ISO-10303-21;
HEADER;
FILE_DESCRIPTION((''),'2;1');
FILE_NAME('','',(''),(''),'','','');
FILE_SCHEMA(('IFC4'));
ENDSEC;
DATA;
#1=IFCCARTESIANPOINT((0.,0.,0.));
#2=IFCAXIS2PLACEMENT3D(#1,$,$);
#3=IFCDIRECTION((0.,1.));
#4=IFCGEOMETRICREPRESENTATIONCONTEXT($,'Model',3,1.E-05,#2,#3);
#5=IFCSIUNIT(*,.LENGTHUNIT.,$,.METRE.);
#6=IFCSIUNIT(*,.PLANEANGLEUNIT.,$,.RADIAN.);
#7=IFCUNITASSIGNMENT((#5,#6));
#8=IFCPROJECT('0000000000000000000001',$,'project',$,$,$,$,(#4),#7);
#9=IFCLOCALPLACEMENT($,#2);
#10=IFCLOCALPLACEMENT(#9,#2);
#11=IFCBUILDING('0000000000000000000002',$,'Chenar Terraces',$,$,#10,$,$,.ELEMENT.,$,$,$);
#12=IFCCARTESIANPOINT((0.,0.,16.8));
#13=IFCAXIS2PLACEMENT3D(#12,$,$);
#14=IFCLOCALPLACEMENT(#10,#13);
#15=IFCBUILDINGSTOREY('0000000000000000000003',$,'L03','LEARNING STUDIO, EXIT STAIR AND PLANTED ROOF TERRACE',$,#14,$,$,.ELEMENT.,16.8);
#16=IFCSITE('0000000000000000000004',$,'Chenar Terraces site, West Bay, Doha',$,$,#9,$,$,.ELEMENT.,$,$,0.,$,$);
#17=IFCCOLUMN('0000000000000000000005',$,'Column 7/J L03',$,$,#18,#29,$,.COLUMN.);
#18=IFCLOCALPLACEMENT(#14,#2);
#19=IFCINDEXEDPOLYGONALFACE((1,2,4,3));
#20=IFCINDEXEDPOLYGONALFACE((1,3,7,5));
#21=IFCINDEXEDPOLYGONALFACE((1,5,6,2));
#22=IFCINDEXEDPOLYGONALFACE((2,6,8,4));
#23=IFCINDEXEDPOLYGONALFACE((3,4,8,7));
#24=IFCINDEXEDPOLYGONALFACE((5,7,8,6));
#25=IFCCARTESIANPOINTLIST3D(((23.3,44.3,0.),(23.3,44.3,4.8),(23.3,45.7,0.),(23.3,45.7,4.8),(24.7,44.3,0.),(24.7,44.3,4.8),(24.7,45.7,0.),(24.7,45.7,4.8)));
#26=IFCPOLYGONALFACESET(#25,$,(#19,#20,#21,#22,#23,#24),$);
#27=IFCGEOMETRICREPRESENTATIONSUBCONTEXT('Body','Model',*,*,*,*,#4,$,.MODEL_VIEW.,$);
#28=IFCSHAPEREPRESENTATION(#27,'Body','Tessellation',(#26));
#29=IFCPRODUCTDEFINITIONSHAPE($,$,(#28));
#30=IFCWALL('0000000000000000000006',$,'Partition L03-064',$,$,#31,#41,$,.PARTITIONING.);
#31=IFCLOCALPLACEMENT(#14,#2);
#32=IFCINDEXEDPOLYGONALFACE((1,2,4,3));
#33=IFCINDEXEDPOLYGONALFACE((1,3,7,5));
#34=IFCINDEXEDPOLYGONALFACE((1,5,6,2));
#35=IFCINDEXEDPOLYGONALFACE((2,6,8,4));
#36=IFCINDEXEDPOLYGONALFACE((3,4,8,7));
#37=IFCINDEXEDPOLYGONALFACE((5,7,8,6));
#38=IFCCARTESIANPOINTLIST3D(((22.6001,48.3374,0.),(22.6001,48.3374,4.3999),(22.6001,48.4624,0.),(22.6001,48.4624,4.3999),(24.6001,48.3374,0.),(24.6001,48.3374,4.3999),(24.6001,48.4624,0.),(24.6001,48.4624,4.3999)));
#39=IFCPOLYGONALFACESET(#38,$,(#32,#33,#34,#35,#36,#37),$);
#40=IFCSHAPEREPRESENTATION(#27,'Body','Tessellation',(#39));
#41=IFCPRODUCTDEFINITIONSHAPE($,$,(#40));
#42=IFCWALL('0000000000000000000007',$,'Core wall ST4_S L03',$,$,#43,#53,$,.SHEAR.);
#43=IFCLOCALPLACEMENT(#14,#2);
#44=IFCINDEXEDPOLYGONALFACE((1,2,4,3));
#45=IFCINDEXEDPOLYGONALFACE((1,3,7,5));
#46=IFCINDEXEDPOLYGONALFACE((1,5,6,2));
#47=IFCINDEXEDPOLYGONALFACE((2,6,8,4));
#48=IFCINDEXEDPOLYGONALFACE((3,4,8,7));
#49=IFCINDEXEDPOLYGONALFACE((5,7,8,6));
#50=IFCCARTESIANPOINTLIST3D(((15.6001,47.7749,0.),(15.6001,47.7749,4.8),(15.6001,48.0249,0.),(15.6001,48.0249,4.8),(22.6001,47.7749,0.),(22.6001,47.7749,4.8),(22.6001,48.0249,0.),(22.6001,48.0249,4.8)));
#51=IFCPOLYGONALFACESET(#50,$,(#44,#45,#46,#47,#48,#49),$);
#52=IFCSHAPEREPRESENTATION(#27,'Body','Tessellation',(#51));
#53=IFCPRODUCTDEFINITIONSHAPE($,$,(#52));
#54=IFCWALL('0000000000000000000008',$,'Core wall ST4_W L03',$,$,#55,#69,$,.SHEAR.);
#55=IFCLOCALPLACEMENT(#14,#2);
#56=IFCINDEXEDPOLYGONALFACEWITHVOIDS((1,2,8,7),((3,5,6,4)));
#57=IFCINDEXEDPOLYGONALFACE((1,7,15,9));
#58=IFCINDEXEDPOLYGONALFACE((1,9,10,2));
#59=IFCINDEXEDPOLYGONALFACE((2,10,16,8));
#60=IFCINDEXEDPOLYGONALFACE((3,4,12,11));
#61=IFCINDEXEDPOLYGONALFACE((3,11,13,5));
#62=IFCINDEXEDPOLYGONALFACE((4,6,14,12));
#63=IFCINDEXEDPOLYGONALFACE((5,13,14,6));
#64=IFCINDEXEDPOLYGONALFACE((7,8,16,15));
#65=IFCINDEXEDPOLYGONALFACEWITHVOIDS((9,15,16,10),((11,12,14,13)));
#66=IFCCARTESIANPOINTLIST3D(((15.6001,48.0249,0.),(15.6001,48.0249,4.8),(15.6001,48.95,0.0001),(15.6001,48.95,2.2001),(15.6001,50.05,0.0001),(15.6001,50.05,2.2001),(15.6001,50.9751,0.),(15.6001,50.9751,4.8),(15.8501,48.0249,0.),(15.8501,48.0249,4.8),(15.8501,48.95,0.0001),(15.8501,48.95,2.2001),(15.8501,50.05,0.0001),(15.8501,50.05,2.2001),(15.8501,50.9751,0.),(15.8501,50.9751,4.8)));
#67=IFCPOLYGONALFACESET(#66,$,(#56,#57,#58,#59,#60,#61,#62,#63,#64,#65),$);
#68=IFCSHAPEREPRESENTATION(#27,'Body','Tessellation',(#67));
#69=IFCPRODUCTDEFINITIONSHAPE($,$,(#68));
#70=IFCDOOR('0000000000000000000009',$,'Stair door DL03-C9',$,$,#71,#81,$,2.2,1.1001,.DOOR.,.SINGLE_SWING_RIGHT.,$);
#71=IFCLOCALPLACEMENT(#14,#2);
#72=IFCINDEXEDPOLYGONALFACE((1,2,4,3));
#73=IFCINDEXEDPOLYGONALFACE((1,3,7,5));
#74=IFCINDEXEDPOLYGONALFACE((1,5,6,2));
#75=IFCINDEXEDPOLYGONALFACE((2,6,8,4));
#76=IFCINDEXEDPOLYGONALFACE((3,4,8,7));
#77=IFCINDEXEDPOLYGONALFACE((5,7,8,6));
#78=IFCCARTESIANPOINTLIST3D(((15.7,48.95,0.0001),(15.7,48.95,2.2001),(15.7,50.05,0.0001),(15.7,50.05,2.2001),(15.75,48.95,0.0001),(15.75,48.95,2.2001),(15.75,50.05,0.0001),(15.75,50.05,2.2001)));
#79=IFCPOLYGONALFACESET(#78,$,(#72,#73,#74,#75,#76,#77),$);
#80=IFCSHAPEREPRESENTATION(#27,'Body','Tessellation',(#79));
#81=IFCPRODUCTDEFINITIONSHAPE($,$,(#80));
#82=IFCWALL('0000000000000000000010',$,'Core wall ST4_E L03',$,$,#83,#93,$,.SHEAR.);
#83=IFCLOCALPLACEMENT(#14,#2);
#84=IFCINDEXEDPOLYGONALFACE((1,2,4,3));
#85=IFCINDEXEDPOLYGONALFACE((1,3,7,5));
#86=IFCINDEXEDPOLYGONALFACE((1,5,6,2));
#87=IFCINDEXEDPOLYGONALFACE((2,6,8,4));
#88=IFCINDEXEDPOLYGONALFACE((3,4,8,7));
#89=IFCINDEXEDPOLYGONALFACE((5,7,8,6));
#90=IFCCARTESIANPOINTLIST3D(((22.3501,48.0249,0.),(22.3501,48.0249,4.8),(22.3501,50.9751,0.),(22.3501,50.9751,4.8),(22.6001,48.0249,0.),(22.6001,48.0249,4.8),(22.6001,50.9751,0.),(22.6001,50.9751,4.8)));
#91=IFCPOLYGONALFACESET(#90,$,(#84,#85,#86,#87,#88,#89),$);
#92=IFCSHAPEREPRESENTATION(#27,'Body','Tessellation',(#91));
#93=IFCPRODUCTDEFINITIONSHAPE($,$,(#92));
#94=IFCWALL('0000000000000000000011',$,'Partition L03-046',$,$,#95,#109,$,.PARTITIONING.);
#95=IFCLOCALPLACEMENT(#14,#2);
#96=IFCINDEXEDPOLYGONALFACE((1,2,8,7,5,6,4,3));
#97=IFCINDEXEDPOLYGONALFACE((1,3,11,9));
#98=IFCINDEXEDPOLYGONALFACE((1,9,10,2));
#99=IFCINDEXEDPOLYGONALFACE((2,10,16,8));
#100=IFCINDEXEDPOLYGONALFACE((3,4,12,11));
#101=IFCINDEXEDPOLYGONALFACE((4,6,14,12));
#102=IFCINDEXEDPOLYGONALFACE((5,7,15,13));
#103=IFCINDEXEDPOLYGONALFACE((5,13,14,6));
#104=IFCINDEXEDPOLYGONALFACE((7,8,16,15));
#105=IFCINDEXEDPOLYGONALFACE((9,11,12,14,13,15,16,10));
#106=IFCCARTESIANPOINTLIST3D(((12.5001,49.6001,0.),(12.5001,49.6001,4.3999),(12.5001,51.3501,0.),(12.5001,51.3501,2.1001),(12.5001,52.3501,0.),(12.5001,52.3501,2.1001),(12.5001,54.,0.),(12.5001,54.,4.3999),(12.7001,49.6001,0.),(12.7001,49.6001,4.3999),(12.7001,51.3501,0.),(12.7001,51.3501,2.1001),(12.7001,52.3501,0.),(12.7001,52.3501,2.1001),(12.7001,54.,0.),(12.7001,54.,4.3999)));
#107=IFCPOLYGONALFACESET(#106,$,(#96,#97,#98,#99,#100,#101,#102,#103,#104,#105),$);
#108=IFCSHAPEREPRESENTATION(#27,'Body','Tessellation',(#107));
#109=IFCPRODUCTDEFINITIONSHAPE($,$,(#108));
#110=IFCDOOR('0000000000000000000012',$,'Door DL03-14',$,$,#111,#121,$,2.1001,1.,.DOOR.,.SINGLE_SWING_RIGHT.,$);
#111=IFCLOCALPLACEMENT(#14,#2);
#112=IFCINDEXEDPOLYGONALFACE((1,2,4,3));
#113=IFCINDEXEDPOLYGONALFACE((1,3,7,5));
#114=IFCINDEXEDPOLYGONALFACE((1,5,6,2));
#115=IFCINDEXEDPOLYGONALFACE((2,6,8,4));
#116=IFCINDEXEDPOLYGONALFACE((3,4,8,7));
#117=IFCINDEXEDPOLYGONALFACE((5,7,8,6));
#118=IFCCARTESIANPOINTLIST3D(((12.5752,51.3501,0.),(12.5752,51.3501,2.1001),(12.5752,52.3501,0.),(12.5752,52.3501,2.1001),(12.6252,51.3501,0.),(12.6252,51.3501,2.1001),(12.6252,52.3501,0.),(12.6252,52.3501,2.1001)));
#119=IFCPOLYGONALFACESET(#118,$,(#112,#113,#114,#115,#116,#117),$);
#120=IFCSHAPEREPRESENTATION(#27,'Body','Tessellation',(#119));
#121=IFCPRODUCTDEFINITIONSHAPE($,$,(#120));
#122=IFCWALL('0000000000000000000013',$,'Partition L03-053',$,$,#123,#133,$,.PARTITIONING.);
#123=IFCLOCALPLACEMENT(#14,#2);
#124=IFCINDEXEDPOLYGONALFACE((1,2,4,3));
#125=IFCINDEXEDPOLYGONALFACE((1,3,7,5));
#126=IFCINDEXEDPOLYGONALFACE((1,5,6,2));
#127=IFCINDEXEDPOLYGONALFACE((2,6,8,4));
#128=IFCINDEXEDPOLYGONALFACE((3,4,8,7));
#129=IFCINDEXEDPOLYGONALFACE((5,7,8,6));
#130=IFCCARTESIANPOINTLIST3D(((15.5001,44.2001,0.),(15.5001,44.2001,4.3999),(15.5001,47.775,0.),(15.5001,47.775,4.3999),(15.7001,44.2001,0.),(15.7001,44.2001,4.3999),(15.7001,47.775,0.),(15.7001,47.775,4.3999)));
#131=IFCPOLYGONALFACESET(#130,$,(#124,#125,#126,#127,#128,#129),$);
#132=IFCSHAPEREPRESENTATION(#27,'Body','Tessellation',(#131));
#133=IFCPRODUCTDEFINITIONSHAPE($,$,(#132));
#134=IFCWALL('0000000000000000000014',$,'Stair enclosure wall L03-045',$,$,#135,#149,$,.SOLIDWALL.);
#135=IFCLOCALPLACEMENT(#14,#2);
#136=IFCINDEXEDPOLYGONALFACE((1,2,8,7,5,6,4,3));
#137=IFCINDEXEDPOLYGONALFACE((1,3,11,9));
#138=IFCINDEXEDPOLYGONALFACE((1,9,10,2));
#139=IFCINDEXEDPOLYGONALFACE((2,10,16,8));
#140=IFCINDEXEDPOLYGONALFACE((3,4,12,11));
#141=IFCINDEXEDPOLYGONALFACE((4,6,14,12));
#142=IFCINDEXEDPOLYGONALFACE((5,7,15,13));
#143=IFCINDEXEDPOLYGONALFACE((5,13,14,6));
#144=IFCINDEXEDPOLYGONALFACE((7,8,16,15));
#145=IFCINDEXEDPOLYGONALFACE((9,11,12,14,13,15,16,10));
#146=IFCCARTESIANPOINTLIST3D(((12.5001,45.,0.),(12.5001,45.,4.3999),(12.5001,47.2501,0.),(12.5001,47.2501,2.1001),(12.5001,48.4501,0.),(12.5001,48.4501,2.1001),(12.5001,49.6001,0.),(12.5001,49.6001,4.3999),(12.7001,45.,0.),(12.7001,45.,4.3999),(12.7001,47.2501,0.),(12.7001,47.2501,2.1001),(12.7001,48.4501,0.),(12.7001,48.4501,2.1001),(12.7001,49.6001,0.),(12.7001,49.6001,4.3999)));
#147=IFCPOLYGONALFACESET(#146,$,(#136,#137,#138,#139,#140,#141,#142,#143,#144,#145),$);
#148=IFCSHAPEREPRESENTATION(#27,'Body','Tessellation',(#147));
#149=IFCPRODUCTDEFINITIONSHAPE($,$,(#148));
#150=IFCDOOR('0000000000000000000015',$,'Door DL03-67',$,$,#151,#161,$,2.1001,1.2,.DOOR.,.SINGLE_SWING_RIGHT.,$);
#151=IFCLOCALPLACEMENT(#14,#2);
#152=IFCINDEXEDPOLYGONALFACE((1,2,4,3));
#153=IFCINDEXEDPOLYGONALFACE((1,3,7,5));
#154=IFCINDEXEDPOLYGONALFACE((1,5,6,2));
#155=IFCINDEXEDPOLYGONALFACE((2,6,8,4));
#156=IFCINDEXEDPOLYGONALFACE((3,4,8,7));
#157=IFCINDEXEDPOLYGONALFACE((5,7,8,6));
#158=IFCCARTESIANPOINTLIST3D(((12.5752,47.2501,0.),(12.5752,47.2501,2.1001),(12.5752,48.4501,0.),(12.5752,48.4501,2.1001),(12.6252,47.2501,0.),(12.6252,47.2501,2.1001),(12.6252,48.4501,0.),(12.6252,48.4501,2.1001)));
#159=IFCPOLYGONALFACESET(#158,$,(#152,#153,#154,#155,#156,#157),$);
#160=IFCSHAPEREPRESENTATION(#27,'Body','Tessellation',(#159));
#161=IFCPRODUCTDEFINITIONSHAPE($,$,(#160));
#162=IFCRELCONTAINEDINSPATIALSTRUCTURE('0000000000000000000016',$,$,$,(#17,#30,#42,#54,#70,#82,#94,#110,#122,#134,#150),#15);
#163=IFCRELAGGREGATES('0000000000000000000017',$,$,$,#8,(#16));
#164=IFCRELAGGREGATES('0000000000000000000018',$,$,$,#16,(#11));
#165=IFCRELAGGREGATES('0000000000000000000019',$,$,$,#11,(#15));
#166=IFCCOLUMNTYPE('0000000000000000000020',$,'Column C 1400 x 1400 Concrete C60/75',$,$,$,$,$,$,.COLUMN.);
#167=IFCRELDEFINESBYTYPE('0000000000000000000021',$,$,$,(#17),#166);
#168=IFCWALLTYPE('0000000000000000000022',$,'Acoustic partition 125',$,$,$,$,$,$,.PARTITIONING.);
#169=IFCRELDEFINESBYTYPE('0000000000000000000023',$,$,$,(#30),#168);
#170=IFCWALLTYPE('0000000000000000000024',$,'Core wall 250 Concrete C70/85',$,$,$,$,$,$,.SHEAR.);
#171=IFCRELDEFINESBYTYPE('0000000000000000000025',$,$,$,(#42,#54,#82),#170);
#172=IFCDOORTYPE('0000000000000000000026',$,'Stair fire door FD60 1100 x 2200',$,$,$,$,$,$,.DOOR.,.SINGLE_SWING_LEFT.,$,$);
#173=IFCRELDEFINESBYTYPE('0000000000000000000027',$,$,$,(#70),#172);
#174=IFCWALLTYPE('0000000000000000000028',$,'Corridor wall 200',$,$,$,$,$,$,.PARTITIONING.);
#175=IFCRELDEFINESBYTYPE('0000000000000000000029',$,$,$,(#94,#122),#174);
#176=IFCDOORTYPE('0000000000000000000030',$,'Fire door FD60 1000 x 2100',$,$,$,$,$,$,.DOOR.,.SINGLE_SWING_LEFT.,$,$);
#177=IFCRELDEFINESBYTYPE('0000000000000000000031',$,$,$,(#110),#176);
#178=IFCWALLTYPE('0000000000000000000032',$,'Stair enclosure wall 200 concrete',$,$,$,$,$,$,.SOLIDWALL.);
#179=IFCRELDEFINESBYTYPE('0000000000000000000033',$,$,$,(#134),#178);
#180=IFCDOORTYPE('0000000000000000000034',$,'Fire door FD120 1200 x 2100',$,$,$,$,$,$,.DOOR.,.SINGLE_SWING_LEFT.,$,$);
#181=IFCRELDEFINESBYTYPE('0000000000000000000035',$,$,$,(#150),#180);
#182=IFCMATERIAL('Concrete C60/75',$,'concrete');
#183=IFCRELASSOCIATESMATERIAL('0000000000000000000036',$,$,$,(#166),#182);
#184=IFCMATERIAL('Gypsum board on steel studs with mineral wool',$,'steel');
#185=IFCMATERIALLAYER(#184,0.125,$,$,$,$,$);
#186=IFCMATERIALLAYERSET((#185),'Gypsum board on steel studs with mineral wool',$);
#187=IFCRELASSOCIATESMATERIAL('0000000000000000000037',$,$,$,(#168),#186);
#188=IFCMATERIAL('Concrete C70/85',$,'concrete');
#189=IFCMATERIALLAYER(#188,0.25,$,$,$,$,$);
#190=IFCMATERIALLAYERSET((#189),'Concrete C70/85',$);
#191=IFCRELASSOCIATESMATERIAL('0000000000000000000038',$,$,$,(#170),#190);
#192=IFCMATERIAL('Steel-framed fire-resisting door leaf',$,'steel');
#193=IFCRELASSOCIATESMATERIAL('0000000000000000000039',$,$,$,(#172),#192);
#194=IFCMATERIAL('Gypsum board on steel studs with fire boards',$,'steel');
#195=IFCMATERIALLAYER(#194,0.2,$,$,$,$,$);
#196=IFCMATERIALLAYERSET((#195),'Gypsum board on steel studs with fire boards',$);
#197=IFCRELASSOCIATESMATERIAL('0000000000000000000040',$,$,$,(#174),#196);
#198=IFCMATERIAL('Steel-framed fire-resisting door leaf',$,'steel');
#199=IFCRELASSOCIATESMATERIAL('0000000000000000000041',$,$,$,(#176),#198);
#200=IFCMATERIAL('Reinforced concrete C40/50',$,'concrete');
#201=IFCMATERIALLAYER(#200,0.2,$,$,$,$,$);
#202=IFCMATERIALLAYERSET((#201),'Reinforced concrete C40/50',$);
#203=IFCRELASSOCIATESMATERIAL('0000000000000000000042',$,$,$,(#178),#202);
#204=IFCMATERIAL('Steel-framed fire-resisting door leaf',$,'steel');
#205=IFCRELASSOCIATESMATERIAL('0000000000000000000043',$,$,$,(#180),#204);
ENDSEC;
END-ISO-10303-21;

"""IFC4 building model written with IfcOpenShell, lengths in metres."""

from ifc_helpers import new_model, si_unit, direction, frame, frame_2d, origin, origin_2d, place, context, subcontext, project, spatial, rectangle, extrude, material, layer, layer_set, material_profile, profile_set, type_object, element, fill, save


model = new_model("IFC4")

# Units and contexts
model_context = context("Model", 3, precision=1e-05, world=origin(), true_north=direction((0.0, 1.0)))
body_context = subcontext(model_context, "Body", "Model", "MODEL_VIEW")
ifc_project = project(units=[si_unit("LENGTHUNIT", "METRE"), si_unit("PLANEANGLEUNIT", "RADIAN")], contexts=[model_context])

# Site, building, storey
site_placement = place(None, origin())
site = spatial("IfcSite", under=ifc_project, at=site_placement, Name="Chenar Terraces site, West Bay, Doha", CompositionType="ELEMENT", RefElevation=0.0)
building_placement = place(site_placement, origin())
building = spatial("IfcBuilding", under=site, at=building_placement, Name="Chenar Terraces", CompositionType="ELEMENT")
storey_placement = place(building_placement, frame((0.0, 0.0, 16.8)))
storey = spatial("IfcBuildingStorey", under=building, at=storey_placement, Name="L03", Description="LEARNING STUDIO, EXIT STAIR AND PLANTED ROOF TERRACE", CompositionType="ELEMENT", Elevation=16.8)

# Column
ifc_material_1 = material(Name="Concrete C60/75", Category="concrete")
ifc_material_profile = material_profile(ifc_material_1, rectangle(XDim=1.3999, YDim=1.3999, at=origin_2d()), Name="C 1400 x 1400")
ifc_profile_set = profile_set([ifc_material_profile], Name="Concrete C60/75")
column_type = type_object("IfcColumnType", Name="Column C 1400 x 1400 Concrete C60/75", PredefinedType="COLUMN", material=ifc_profile_set)
column_placement = place(storey_placement, frame((24.0, 45.0, 0.0), z_axis=(0.0, 0.0, 1.0), x_axis=(1.0, 0.0, 0.0)))
element("IfcColumn", 1, at=column_placement, inside=storey, type_object=column_type, Name="Column 7/J L03", PredefinedType="COLUMN", context=body_context, shape_type="SweptSolid", body=[
    extrude(rectangle(XDim=1.3999, YDim=1.3999, at=origin_2d()), origin(), (0.0, 0.0, 1.0), 4.8),
])

# Walls
ifc_material_2 = material(Name="Gypsum board on steel studs with mineral wool", Category="steel")
ifc_layer_1 = layer(ifc_material_2, 0.125)
ifc_layer_set_1 = layer_set([ifc_layer_1], Name="Gypsum board on steel studs with mineral wool")
wall_type_1 = type_object("IfcWallType", Name="Acoustic partition 125", PredefinedType="PARTITIONING", material=ifc_layer_set_1)
wall_1_placement = place(storey_placement, frame((22.6001, 48.3999, 0.0), z_axis=(0.0, 0.0, 1.0), x_axis=(1.0, 0.0, 0.0)))
element("IfcWall", 2, at=wall_1_placement, inside=storey, type_object=wall_type_1, Name="Partition L03-064", PredefinedType="PARTITIONING", context=body_context, shape_type="SweptSolid", body=[
    extrude(rectangle(XDim=2.0, YDim=0.125, at=frame_2d((1.0, 0.0))), origin(), (0.0, 0.0, 1.0), 4.3999),
])
ifc_material_3 = material(Name="Concrete C70/85", Category="concrete")
ifc_layer_2 = layer(ifc_material_3, 0.25)
ifc_layer_set_2 = layer_set([ifc_layer_2], Name="Concrete C70/85")
wall_type_2 = type_object("IfcWallType", Name="Core wall 250 Concrete C70/85", PredefinedType="SHEAR", material=ifc_layer_set_2)
wall_2_placement = place(storey_placement, frame((15.6001, 47.8999, 0.0), z_axis=(0.0, 0.0, 1.0), x_axis=(1.0, 0.0, 0.0)))
element("IfcWall", 3, at=wall_2_placement, inside=storey, type_object=wall_type_2, Name="Core wall ST4_S L03", PredefinedType="SHEAR", context=body_context, shape_type="SweptSolid", body=[
    extrude(rectangle(XDim=7.0, YDim=0.25, at=frame_2d((3.5, 0.0))), origin(), (0.0, 0.0, 1.0), 4.8),
])

# Wall, opening, door
wall_3_placement = place(storey_placement, frame((15.7251, 48.0249, 0.0), z_axis=(0.0, 0.0, 1.0), x_axis=(0.0, 1.0, 0.0)))
wall_3 = element("IfcWall", 4, at=wall_3_placement, inside=storey, type_object=wall_type_2, Name="Core wall ST4_W L03", PredefinedType="SHEAR", context=body_context, shape_type="SweptSolid", body=[
    extrude(rectangle(XDim=2.9502, YDim=0.25, at=frame_2d((1.4751, 0.0))), origin(), (0.0, 0.0, 1.0), 4.8),
])
opening_1_placement = place(wall_3_placement, frame((0.925, 0.0, 0.0)))
opening_1 = element("IfcOpeningElement", 5, at=opening_1_placement, cuts=wall_3, PredefinedType="OPENING", context=body_context, shape_type="SweptSolid", body=[
    extrude(rectangle(XDim=1.1001, YDim=2.2, at=frame_2d((0.55, 1.1001))), frame((0.0, 0.135, 0.0), z_axis=(0.0, -1.0, 0.0), x_axis=(1.0, 0.0, 0.0)), (0.0, 0.0, 1.0), 0.27),
])
ifc_material_4 = material(Name="Steel-framed fire-resisting door leaf", Category="steel")
door_type_1 = type_object("IfcDoorType", Name="Stair fire door FD60 1100 x 2200", OperationType="SINGLE_SWING_LEFT", PredefinedType="DOOR", material=ifc_material_4)
door_1_placement = place(opening_1_placement, frame((1.1001, 0.0, 0.0), z_axis=(0.0, 0.0, 1.0), x_axis=(-1.0, 0.0, 0.0)))
door_1 = element("IfcDoor", 6, at=door_1_placement, inside=storey, type_object=door_type_1, Name="Stair door DL03-C9", OperationType="SINGLE_SWING_RIGHT", OverallHeight=2.2, OverallWidth=1.1001, PredefinedType="DOOR", context=body_context, shape_type="SweptSolid", body=[
    extrude(rectangle(XDim=1.1001, YDim=2.2, at=frame_2d((0.55, 1.1001))), frame((0.0, 0.0249, 0.0), z_axis=(0.0, -1.0, 0.0), x_axis=(1.0, 0.0, 0.0)), (0.0, 0.0, 1.0), 0.05),
])
fill(opening_1, door_1)

# Wall
wall_4_placement = place(storey_placement, frame((22.4751, 48.0249, 0.0), z_axis=(0.0, 0.0, 1.0), x_axis=(0.0, 1.0, 0.0)))
element("IfcWall", 7, at=wall_4_placement, inside=storey, type_object=wall_type_2, Name="Core wall ST4_E L03", PredefinedType="SHEAR", context=body_context, shape_type="SweptSolid", body=[
    extrude(rectangle(XDim=2.9502, YDim=0.25, at=frame_2d((1.4751, 0.0))), origin(), (0.0, 0.0, 1.0), 4.8),
])

# Wall, opening, door
ifc_material_5 = material(Name="Gypsum board on steel studs with fire boards", Category="steel")
ifc_layer_3 = layer(ifc_material_5, 0.2)
ifc_layer_set_3 = layer_set([ifc_layer_3], Name="Gypsum board on steel studs with fire boards")
wall_type_3 = type_object("IfcWallType", Name="Corridor wall 200", PredefinedType="PARTITIONING", material=ifc_layer_set_3)
wall_5_placement = place(storey_placement, frame((12.6001, 49.6001, 0.0), z_axis=(0.0, 0.0, 1.0), x_axis=(0.0, 1.0, 0.0)))
wall_5 = element("IfcWall", 8, at=wall_5_placement, inside=storey, type_object=wall_type_3, Name="Partition L03-046", PredefinedType="PARTITIONING", context=body_context, shape_type="SweptSolid", body=[
    extrude(rectangle(XDim=4.3999, YDim=0.2, at=frame_2d((2.2, 0.0))), origin(), (0.0, 0.0, 1.0), 4.3999),
])
opening_2_placement = place(wall_5_placement, frame((1.75, 0.0, 0.0)))
opening_2 = element("IfcOpeningElement", 9, at=opening_2_placement, cuts=wall_5, PredefinedType="OPENING", context=body_context, shape_type="SweptSolid", body=[
    extrude(rectangle(XDim=1.0, YDim=2.1001, at=frame_2d((0.5, 1.05))), frame((0.0, 0.1099, 0.0), z_axis=(0.0, -1.0, 0.0), x_axis=(1.0, 0.0, 0.0)), (0.0, 0.0, 1.0), 0.22),
])
ifc_material_6 = material(Name="Steel-framed fire-resisting door leaf", Category="steel")
door_type_2 = type_object("IfcDoorType", Name="Fire door FD60 1000 x 2100", OperationType="SINGLE_SWING_LEFT", PredefinedType="DOOR", material=ifc_material_6)
door_2_placement = place(opening_2_placement, origin())
door_2 = element("IfcDoor", 10, at=door_2_placement, inside=storey, type_object=door_type_2, Name="Door DL03-14", OperationType="SINGLE_SWING_RIGHT", OverallHeight=2.1001, OverallWidth=1.0, PredefinedType="DOOR", context=body_context, shape_type="SweptSolid", body=[
    extrude(rectangle(XDim=1.0, YDim=2.1001, at=frame_2d((0.5, 1.05))), frame((0.0, 0.0249, 0.0), z_axis=(0.0, -1.0, 0.0), x_axis=(1.0, 0.0, 0.0)), (0.0, 0.0, 1.0), 0.05),
])
fill(opening_2, door_2)

# Wall
wall_6_placement = place(storey_placement, frame((15.6001, 44.2, 0.0), z_axis=(0.0, 0.0, 1.0), x_axis=(0.0, 1.0, 0.0)))
element("IfcWall", 11, at=wall_6_placement, inside=storey, type_object=wall_type_3, Name="Partition L03-053", PredefinedType="PARTITIONING", context=body_context, shape_type="SweptSolid", body=[
    extrude(rectangle(XDim=3.575, YDim=0.2, at=frame_2d((1.7876, 0.0))), origin(), (0.0, 0.0, 1.0), 4.3999),
])

# Wall, opening, door
ifc_material_7 = material(Name="Reinforced concrete C40/50", Category="concrete")
ifc_layer_4 = layer(ifc_material_7, 0.2)
ifc_layer_set_4 = layer_set([ifc_layer_4], Name="Reinforced concrete C40/50")
wall_type_4 = type_object("IfcWallType", Name="Stair enclosure wall 200 concrete", PredefinedType="SOLIDWALL", material=ifc_layer_set_4)
wall_7_placement = place(storey_placement, frame((12.6001, 45.0, 0.0), z_axis=(0.0, 0.0, 1.0), x_axis=(0.0, 1.0, 0.0)))
wall_7 = element("IfcWall", 12, at=wall_7_placement, inside=storey, type_object=wall_type_4, Name="Stair enclosure wall L03-045", PredefinedType="SOLIDWALL", context=body_context, shape_type="SweptSolid", body=[
    extrude(rectangle(XDim=4.6001, YDim=0.2, at=frame_2d((2.3, 0.0))), origin(), (0.0, 0.0, 1.0), 4.3999),
])
opening_3_placement = place(wall_7_placement, frame((2.25, 0.0, 0.0)))
opening_3 = element("IfcOpeningElement", 13, at=opening_3_placement, cuts=wall_7, PredefinedType="OPENING", context=body_context, shape_type="SweptSolid", body=[
    extrude(rectangle(XDim=1.2, YDim=2.1001, at=frame_2d((0.6001, 1.05))), frame((0.0, 0.1099, 0.0), z_axis=(0.0, -1.0, 0.0), x_axis=(1.0, 0.0, 0.0)), (0.0, 0.0, 1.0), 0.22),
])
ifc_material_8 = material(Name="Steel-framed fire-resisting door leaf", Category="steel")
door_type_3 = type_object("IfcDoorType", Name="Fire door FD120 1200 x 2100", OperationType="SINGLE_SWING_LEFT", PredefinedType="DOOR", material=ifc_material_8)
door_3_placement = place(opening_3_placement, origin())
door_3 = element("IfcDoor", 14, at=door_3_placement, inside=storey, type_object=door_type_3, Name="Door DL03-67", OperationType="SINGLE_SWING_RIGHT", OverallHeight=2.1001, OverallWidth=1.2, PredefinedType="DOOR", context=body_context, shape_type="SweptSolid", body=[
    extrude(rectangle(XDim=1.2, YDim=2.1001, at=frame_2d((0.6001, 1.05))), frame((0.0, 0.0249, 0.0), z_axis=(0.0, -1.0, 0.0), x_axis=(1.0, 0.0, 0.0)), (0.0, 0.0, 1.0), 0.05),
])
fill(opening_3, door_3)

save(model, "model.ifc")
